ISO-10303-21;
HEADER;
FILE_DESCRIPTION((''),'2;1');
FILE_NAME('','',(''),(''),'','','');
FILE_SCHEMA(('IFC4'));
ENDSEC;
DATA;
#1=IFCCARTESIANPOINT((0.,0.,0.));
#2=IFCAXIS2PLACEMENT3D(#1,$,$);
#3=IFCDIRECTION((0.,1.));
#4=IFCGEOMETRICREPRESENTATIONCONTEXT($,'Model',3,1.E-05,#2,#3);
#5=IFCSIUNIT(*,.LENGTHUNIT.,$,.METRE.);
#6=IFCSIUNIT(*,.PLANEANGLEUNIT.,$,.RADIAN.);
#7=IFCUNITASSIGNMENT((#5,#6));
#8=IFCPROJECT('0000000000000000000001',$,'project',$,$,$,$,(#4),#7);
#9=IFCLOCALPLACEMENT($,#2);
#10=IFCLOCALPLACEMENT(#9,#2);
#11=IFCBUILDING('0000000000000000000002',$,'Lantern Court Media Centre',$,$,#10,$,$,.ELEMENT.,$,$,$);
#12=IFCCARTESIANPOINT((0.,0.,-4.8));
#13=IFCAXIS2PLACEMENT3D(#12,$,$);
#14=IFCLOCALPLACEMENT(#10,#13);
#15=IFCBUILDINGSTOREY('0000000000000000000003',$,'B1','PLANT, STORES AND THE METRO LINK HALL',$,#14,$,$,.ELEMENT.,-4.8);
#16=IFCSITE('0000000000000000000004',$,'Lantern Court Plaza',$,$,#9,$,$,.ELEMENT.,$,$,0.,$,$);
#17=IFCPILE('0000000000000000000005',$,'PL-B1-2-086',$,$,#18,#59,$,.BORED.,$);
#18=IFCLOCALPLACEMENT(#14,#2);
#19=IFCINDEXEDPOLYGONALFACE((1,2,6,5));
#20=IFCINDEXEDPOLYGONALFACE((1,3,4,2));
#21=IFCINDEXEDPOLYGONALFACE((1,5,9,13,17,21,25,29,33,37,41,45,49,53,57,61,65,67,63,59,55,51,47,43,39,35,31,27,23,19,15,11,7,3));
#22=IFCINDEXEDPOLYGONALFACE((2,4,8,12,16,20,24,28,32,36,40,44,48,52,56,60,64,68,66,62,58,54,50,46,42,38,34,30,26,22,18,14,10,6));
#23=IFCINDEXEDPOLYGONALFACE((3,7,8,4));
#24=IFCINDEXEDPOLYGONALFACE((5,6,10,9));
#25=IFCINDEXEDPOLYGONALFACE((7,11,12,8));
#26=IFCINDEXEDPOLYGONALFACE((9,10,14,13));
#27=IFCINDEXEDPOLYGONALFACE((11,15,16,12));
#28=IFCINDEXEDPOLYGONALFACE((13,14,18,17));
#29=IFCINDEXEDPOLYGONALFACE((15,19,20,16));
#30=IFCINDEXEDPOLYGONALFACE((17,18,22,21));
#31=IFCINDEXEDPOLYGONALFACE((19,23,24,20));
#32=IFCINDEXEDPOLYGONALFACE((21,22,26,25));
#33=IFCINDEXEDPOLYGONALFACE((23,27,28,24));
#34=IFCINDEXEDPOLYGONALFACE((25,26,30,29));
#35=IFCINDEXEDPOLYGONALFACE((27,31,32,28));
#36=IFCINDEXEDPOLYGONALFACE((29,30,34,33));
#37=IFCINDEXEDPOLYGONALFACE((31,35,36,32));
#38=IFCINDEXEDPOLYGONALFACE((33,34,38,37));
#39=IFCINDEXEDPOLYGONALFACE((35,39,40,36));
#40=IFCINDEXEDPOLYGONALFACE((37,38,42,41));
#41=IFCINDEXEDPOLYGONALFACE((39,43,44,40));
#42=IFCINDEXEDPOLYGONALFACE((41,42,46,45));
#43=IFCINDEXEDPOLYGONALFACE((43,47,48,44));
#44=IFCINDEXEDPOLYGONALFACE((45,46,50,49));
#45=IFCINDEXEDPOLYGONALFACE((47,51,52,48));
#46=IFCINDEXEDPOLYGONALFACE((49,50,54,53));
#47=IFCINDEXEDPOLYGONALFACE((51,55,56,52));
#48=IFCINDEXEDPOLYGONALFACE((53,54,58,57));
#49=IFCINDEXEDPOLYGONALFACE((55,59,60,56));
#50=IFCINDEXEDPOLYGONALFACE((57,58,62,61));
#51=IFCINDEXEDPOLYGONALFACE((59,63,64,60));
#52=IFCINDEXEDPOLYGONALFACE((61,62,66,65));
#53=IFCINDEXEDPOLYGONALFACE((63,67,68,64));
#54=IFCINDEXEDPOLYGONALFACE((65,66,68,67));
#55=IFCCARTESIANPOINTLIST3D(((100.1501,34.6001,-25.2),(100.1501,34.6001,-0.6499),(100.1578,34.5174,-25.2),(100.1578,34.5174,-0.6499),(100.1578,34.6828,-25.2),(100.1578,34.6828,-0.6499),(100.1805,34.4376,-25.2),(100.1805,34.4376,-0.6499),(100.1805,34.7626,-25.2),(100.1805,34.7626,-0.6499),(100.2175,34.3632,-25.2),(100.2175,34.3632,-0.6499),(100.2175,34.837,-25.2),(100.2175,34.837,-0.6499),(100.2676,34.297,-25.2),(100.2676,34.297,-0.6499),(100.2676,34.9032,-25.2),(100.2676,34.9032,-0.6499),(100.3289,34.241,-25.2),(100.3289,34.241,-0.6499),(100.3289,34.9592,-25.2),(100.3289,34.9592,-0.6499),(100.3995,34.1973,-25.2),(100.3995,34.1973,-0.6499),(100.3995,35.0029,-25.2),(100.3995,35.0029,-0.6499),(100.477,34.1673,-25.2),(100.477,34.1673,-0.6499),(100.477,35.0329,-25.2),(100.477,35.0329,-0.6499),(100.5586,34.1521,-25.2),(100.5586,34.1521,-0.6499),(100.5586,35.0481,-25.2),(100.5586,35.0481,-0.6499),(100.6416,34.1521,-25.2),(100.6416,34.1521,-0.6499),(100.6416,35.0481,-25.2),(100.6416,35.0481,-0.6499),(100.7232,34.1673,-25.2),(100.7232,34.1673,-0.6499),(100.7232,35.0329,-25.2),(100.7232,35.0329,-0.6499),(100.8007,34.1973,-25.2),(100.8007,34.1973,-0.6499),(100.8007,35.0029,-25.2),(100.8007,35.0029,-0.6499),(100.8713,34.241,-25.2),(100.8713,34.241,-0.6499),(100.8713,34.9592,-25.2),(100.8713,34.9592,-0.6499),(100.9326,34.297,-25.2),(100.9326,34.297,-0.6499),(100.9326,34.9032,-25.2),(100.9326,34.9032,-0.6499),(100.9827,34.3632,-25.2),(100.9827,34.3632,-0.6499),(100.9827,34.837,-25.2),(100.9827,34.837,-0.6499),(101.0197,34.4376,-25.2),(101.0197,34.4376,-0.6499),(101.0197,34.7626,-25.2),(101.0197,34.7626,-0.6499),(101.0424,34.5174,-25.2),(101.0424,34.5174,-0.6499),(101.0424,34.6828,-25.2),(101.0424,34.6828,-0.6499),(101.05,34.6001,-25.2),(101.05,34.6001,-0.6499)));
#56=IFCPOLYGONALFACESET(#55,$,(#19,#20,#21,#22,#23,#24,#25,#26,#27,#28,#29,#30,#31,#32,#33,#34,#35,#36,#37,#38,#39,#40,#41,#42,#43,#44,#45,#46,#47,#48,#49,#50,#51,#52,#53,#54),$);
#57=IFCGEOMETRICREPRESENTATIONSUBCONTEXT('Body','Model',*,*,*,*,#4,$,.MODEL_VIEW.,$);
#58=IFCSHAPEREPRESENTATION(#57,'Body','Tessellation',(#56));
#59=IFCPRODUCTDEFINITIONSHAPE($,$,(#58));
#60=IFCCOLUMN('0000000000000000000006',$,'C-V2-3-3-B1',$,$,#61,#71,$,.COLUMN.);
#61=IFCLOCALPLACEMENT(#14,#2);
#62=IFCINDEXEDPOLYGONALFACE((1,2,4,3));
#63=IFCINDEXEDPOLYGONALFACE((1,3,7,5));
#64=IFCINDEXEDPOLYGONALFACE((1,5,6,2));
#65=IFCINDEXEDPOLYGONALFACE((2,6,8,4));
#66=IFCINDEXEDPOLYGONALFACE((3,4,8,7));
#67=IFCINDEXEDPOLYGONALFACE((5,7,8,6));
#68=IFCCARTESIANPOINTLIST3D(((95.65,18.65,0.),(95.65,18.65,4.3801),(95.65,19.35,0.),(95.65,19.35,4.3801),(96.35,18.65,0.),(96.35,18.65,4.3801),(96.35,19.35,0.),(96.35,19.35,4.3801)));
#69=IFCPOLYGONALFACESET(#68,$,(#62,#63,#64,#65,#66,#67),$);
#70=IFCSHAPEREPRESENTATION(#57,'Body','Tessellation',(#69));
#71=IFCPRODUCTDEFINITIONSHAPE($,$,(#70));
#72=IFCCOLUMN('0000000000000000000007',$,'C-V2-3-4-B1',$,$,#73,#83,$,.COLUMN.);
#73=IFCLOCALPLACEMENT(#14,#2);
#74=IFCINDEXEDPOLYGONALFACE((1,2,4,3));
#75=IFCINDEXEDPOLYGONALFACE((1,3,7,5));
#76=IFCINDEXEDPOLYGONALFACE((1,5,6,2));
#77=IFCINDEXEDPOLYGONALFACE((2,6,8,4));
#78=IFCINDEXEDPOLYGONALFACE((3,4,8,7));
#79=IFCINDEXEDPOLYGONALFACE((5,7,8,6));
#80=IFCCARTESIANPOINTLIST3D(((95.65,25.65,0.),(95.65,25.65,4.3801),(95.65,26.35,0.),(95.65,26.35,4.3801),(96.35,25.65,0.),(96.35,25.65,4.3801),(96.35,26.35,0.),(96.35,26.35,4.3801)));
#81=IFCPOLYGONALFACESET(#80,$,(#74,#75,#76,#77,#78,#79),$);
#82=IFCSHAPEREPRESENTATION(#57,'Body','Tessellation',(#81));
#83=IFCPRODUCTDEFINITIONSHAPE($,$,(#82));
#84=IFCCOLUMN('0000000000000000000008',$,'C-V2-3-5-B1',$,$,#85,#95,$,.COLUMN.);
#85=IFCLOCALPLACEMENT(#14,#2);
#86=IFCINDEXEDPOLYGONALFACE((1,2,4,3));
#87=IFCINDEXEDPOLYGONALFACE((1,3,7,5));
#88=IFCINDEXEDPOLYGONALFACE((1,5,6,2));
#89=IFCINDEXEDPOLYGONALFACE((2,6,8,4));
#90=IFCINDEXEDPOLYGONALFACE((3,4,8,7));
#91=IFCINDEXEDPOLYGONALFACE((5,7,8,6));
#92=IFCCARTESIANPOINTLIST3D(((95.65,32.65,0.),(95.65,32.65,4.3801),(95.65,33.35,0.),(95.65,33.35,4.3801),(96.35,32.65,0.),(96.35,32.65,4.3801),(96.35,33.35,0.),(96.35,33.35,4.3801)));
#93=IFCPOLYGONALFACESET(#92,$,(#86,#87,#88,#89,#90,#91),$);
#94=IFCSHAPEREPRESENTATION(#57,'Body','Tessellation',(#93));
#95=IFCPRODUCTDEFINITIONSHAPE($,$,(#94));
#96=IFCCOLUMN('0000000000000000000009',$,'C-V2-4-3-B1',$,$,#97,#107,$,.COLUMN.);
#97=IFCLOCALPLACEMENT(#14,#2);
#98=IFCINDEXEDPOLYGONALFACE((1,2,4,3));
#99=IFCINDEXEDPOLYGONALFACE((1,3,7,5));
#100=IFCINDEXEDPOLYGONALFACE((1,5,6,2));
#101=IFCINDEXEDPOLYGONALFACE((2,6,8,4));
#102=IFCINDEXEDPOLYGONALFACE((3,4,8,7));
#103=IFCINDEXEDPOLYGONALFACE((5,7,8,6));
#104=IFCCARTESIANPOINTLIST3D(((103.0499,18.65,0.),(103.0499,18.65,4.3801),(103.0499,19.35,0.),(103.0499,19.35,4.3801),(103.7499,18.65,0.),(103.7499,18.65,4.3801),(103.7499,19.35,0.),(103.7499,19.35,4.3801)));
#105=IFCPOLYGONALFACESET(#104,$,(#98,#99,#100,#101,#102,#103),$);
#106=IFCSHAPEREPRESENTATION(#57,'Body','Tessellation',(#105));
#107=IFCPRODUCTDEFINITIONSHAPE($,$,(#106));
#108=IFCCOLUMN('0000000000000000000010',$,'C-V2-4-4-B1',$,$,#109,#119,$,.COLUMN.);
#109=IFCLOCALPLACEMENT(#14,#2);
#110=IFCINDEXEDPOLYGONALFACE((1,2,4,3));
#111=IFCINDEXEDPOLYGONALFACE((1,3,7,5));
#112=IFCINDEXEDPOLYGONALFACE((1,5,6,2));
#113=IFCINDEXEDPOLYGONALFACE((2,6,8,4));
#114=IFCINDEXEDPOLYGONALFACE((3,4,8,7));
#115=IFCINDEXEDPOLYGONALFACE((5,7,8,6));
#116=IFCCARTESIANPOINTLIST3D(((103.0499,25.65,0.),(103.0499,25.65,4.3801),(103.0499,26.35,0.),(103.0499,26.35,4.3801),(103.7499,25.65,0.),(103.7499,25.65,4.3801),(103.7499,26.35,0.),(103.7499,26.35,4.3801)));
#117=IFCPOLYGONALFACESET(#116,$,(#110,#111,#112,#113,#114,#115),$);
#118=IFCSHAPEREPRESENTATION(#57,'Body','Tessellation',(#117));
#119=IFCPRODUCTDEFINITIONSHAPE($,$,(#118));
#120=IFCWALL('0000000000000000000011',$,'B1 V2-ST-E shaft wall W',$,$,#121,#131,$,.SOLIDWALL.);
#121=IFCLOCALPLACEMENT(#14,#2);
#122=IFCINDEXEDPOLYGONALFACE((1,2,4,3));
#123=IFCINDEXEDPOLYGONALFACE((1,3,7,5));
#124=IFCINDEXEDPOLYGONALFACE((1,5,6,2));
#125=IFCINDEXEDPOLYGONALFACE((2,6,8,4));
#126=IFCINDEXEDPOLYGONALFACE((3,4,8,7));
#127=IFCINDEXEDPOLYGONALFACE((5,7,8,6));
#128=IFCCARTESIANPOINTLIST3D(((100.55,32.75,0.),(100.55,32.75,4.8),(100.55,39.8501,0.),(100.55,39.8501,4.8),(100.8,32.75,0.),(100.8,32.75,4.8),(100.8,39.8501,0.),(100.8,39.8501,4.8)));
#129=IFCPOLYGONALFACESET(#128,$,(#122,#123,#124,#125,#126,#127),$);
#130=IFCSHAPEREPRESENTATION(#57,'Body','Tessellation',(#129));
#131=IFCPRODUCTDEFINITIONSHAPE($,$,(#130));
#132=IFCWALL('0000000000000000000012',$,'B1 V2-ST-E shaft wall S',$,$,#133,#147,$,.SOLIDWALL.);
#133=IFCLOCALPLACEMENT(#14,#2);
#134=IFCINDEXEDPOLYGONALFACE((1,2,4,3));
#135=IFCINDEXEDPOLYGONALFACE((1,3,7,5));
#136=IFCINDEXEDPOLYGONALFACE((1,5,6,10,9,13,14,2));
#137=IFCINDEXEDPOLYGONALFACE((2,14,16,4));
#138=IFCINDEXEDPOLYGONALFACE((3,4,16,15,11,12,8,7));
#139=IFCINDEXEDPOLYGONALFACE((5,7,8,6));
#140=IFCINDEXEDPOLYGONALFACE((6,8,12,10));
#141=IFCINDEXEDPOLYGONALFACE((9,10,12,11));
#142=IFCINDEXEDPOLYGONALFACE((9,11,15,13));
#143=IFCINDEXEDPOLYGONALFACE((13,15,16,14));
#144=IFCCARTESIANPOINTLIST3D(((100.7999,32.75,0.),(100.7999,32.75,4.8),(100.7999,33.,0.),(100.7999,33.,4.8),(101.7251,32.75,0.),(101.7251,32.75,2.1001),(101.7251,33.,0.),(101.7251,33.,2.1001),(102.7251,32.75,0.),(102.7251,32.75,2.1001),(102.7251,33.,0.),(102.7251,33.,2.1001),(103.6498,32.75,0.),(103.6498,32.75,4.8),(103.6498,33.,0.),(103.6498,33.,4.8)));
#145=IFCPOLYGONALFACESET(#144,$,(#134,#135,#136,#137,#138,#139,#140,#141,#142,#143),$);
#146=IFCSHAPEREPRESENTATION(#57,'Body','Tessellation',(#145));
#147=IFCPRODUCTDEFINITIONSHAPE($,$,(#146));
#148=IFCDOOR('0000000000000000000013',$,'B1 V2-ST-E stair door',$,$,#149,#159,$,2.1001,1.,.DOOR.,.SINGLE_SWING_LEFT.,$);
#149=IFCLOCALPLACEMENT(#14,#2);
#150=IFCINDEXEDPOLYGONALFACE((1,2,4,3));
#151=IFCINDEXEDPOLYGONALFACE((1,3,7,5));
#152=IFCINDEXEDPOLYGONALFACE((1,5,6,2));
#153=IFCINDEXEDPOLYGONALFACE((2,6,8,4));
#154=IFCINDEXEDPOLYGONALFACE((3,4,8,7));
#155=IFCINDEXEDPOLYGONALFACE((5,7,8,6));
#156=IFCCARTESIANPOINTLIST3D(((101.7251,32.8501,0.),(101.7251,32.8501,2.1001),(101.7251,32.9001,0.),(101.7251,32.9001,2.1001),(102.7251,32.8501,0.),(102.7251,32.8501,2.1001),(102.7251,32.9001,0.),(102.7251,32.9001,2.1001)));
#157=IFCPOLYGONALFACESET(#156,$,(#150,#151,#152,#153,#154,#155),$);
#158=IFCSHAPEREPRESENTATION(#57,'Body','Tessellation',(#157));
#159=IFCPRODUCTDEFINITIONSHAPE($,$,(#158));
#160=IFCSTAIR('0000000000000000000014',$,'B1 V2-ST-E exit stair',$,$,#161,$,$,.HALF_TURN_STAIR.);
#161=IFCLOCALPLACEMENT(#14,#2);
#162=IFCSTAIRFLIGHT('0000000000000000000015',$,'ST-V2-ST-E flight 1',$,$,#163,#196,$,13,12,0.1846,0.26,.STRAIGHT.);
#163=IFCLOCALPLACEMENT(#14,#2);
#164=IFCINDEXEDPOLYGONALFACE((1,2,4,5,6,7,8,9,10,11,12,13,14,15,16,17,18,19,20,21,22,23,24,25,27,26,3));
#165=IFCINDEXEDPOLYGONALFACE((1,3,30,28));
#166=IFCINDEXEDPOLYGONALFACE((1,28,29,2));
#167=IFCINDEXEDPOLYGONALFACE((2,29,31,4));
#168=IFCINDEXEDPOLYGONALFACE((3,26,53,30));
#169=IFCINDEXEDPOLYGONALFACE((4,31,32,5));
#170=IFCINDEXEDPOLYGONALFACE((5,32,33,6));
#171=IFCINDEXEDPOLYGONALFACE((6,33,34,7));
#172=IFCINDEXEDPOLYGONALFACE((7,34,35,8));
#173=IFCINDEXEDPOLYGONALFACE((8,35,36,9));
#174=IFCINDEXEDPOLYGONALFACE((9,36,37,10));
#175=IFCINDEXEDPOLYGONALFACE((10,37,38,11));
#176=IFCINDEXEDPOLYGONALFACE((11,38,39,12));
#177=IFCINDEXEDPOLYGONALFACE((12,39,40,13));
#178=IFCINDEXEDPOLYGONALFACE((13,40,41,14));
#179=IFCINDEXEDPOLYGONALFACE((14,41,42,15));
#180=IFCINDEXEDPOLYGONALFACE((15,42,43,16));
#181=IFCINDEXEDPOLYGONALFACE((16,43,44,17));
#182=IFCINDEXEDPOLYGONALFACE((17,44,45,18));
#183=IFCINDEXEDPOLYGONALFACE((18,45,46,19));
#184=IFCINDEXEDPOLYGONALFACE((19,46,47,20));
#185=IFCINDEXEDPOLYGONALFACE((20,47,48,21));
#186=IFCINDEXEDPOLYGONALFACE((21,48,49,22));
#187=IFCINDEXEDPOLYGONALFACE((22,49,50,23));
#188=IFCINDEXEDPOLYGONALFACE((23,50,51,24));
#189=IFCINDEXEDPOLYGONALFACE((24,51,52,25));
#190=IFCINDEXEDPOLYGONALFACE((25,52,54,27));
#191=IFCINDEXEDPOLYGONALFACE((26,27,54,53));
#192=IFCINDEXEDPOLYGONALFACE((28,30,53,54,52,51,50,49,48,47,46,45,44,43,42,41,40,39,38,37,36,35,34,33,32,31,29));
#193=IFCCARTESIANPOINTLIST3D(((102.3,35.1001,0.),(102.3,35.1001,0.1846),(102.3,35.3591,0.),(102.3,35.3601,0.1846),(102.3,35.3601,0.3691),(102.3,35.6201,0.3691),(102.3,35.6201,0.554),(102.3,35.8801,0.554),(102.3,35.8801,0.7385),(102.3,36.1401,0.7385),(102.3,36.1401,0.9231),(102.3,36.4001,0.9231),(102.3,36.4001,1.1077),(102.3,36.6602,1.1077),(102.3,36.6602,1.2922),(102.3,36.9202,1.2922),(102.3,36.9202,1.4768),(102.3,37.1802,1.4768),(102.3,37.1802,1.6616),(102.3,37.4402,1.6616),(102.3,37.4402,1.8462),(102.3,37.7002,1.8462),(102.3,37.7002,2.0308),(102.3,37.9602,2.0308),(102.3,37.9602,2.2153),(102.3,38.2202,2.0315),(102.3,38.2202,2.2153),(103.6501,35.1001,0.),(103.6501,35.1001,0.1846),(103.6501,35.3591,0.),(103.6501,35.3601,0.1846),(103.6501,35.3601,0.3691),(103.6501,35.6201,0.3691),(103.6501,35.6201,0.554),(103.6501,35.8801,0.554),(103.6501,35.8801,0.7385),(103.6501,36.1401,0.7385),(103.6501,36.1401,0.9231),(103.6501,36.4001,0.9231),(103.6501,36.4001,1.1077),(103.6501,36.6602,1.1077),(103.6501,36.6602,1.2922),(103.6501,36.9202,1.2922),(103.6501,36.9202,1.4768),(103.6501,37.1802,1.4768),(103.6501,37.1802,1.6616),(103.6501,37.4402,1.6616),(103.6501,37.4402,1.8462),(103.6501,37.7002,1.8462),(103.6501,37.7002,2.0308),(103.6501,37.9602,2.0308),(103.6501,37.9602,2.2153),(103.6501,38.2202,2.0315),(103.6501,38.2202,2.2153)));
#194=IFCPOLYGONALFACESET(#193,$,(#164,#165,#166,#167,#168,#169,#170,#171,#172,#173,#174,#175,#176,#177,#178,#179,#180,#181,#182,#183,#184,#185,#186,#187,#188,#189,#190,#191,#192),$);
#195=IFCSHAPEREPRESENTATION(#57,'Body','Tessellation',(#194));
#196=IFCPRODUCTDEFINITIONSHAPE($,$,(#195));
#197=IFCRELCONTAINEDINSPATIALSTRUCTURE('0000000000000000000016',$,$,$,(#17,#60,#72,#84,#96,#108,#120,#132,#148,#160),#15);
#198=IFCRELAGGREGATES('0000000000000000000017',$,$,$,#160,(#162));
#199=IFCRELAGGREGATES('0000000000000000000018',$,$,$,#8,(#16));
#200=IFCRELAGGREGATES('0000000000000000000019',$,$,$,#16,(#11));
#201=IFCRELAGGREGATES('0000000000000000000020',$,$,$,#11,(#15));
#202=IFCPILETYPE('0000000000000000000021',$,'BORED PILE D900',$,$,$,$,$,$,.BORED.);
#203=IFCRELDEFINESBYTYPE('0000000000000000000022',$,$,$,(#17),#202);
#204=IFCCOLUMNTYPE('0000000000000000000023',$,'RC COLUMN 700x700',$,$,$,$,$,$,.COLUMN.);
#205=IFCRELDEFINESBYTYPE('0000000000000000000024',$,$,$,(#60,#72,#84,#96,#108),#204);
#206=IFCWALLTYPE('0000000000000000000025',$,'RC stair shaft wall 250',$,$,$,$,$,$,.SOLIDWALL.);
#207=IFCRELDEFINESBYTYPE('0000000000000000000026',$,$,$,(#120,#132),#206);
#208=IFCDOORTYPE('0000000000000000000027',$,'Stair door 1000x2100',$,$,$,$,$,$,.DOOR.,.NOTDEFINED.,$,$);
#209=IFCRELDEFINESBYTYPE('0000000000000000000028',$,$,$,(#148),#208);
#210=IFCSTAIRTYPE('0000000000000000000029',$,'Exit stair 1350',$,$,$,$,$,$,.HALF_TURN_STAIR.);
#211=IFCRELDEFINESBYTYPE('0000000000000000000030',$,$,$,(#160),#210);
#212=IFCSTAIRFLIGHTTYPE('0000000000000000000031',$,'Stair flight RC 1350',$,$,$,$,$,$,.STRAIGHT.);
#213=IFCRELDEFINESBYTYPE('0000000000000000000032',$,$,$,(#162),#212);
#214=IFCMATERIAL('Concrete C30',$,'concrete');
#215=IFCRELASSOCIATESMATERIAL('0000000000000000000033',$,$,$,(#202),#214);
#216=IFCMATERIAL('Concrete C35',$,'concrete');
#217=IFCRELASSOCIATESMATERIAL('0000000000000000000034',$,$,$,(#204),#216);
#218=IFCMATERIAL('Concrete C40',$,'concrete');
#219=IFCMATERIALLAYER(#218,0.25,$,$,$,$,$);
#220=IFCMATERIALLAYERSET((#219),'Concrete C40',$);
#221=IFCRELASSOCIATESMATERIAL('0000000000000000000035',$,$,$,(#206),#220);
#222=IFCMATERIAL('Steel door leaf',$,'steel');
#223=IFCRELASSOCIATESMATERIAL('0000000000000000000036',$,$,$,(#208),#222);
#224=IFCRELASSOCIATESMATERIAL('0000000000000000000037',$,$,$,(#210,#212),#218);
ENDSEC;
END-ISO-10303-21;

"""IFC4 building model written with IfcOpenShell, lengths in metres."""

from ifc_helpers import new_model, si_unit, direction, frame, frame_2d, origin, origin_2d, place, context, subcontext, project, spatial, polyline, rectangle, circle, outline, extrude, material, layer, layer_set, material_profile, profile_set, type_object, element, fill, aggregate, save


model = new_model("IFC4")

# Units and contexts
model_context = context("Model", 3, precision=1e-05, world=origin(), true_north=direction((0.0, 1.0)))
body_context = subcontext(model_context, "Body", "Model", "MODEL_VIEW")
ifc_project = project(units=[si_unit("LENGTHUNIT", "METRE"), si_unit("PLANEANGLEUNIT", "RADIAN")], contexts=[model_context])

# Site, building, storey
site_placement = place(None, origin())
site = spatial("IfcSite", under=ifc_project, at=site_placement, Name="Lantern Court Plaza", CompositionType="ELEMENT", RefElevation=0.0)
building_placement = place(site_placement, origin())
building = spatial("IfcBuilding", under=site, at=building_placement, Name="Lantern Court Media Centre", CompositionType="ELEMENT")
storey_placement = place(building_placement, frame((0.0, 0.0, -4.8)))
storey = spatial("IfcBuildingStorey", under=building, at=storey_placement, Name="B1", Description="PLANT, STORES AND THE METRO LINK HALL", CompositionType="ELEMENT", Elevation=-4.8)

# Pile
ifc_material_1 = material(Name="Concrete C30", Category="concrete")
ifc_material_profile_1 = material_profile(ifc_material_1, circle(Radius=0.45, at=origin_2d()), Name="D900")
ifc_profile_set_1 = profile_set([ifc_material_profile_1], Name="Concrete C30")
pile_type = type_object("IfcPileType", Name="BORED PILE D900", PredefinedType="BORED", material=ifc_profile_set_1)
for number, where, z_axis, x_axis, name in (
    (1, (100.6001, 34.6001, -0.6499), (0.0, 0.0, -1.0), (1.0, 0.0, 0.0), "PL-B1-2-086"),
):
    element("IfcPile", number, at=place(storey_placement, frame(where, z_axis=z_axis, x_axis=x_axis)), inside=storey, type_object=pile_type, Name=name, PredefinedType="BORED", context=body_context, shape_type="SweptSolid", body=[
        extrude(circle(Radius=0.45, at=origin_2d()), origin(), (0.0, 0.0, 1.0), 24.55),
    ])

# Columns
ifc_material_2 = material(Name="Concrete C35", Category="concrete")
ifc_material_profile_2 = material_profile(ifc_material_2, rectangle(XDim=0.7, YDim=0.7, at=origin_2d()), Name="RC 700x700")
ifc_profile_set_2 = profile_set([ifc_material_profile_2], Name="Concrete C35")
column_type = type_object("IfcColumnType", Name="RC COLUMN 700x700", PredefinedType="COLUMN", material=ifc_profile_set_2)
for number, where, z_axis, x_axis, name in (
    (2, (96.0, 19.0, 0.0), (0.0, 0.0, 1.0), (1.0, 0.0, 0.0), "C-V2-3-3-B1"),
    (3, (96.0, 26.0, 0.0), (0.0, 0.0, 1.0), (1.0, 0.0, 0.0), "C-V2-3-4-B1"),
    (4, (96.0, 33.0, 0.0), (0.0, 0.0, 1.0), (1.0, 0.0, 0.0), "C-V2-3-5-B1"),
    (5, (103.3999, 19.0, 0.0), (0.0, 0.0, 1.0), (1.0, 0.0, 0.0), "C-V2-4-3-B1"),
    (6, (103.3999, 26.0, 0.0), (0.0, 0.0, 1.0), (1.0, 0.0, 0.0), "C-V2-4-4-B1"),
):
    element("IfcColumn", number, at=place(storey_placement, frame(where, z_axis=z_axis, x_axis=x_axis)), inside=storey, type_object=column_type, Name=name, PredefinedType="COLUMN", context=body_context, shape_type="SweptSolid", body=[
        extrude(rectangle(XDim=0.7, YDim=0.7, at=origin_2d()), origin(), (0.0, 0.0, 1.0), 4.3801),
    ])

# Wall
ifc_material_3 = material(Name="Concrete C40", Category="concrete")
ifc_layer = layer(ifc_material_3, 0.25)
ifc_layer_set = layer_set([ifc_layer], Name="Concrete C40")
wall_type = type_object("IfcWallType", Name="RC stair shaft wall 250", PredefinedType="SOLIDWALL", material=ifc_layer_set)
wall_1_placement = place(storey_placement, frame((100.675, 32.75, 0.0), z_axis=(0.0, 0.0, 1.0), x_axis=(0.0, 1.0, 0.0)))
element("IfcWall", 7, at=wall_1_placement, inside=storey, type_object=wall_type, Name="B1 V2-ST-E shaft wall W", PredefinedType="SOLIDWALL", context=body_context, shape_type="SweptSolid", body=[
    extrude(rectangle(XDim=7.1001, YDim=0.25, at=frame_2d((3.55, 0.0))), origin(), (0.0, 0.0, 1.0), 4.8),
])

# Wall, opening, door
wall_2_placement = place(storey_placement, frame((100.8, 32.875, 0.0), z_axis=(0.0, 0.0, 1.0), x_axis=(1.0, 0.0, 0.0)))
wall_2 = element("IfcWall", 8, at=wall_2_placement, inside=storey, type_object=wall_type, Name="B1 V2-ST-E shaft wall S", PredefinedType="SOLIDWALL", context=body_context, shape_type="SweptSolid", body=[
    extrude(rectangle(XDim=2.8499, YDim=0.25, at=frame_2d((1.4248, 0.0))), origin(), (0.0, 0.0, 1.0), 4.8),
])
opening_placement = place(wall_2_placement, frame((0.925, 0.0, 0.0)))
opening = element("IfcOpeningElement", 9, at=opening_placement, cuts=wall_2, PredefinedType="OPENING", context=body_context, shape_type="SweptSolid", body=[
    extrude(rectangle(XDim=1.0, YDim=2.1001, at=frame_2d((0.5, 1.05))), frame((0.0, 0.135, 0.0), z_axis=(0.0, -1.0, 0.0), x_axis=(1.0, 0.0, 0.0)), (0.0, 0.0, 1.0), 0.27),
])
ifc_material_4 = material(Name="Steel door leaf", Category="steel")
door_type = type_object("IfcDoorType", Name="Stair door 1000x2100", OperationType="NOTDEFINED", PredefinedType="DOOR", material=ifc_material_4)
door_placement = place(opening_placement, frame((1.0, 0.0, 0.0), z_axis=(0.0, 0.0, 1.0), x_axis=(-1.0, 0.0, 0.0)))
door = element("IfcDoor", 10, at=door_placement, inside=storey, type_object=door_type, Name="B1 V2-ST-E stair door", OperationType="SINGLE_SWING_LEFT", OverallHeight=2.1001, OverallWidth=1.0, PredefinedType="DOOR", context=body_context, shape_type="SweptSolid", body=[
    extrude(rectangle(XDim=1.0, YDim=2.1001, at=frame_2d((0.5, 1.05))), frame((0.0, 0.0249, 0.0), z_axis=(0.0, -1.0, 0.0), x_axis=(1.0, 0.0, 0.0)), (0.0, 0.0, 1.0), 0.05),
])
fill(opening, door)

# Stair, stair flight
stair_type = type_object("IfcStairType", Name="Exit stair 1350", PredefinedType="HALF_TURN_STAIR", material=ifc_material_3)
stair_placement = place(storey_placement, origin())
stair = element("IfcStair", 11, at=stair_placement, inside=storey, type_object=stair_type, Name="B1 V2-ST-E exit stair", PredefinedType="HALF_TURN_STAIR")
stair_flight_type = type_object("IfcStairFlightType", Name="Stair flight RC 1350", PredefinedType="STRAIGHT", material=ifc_material_3)
stair_flight_1_placement = place(storey_placement, frame((102.9751, 35.1001, 0.0), z_axis=(0.0, 0.0, 1.0), x_axis=(0.0, 1.0, 0.0)))
stair_flight_1 = element("IfcStairFlight", 12, at=stair_flight_1_placement, type_object=stair_flight_type, Name="ST-V2-ST-E flight 1", NumberOfRisers=13, NumberOfTreads=12, PredefinedType="STRAIGHT", RiserHeight=0.1846, TreadLength=0.26, context=body_context, shape_type="SweptSolid", body=[
    extrude(outline(polyline([(0.0, 0.0), (0.0, 0.1846), (0.26, 0.1846), (0.26, 0.3691), (0.52, 0.3691), (0.52, 0.554), (0.78, 0.554), (0.78, 0.7385), (1.04, 0.7385), (1.04, 0.9231), (1.3, 0.9231), (1.3, 1.1077), (1.5601, 1.1077), (1.5601, 1.2922), (1.8201, 1.2922), (1.8201, 1.4768), (2.0801, 1.4768), (2.0801, 1.6616), (2.3401, 1.6616), (2.3401, 1.8462), (2.6001, 1.8462), (2.6001, 2.0308), (2.8601, 2.0308), (2.8601, 2.2153), (3.1201, 2.2153), (3.1201, 2.3999), (3.1201, 2.0315), (0.259, 0.0), (0.0, 0.0)])), frame((0.0, 0.675, 0.0), z_axis=(0.0, -1.0, 0.0), x_axis=(1.0, 0.0, 0.0)), (0.0, 0.0, 1.0), 1.3501),
])
aggregate(stair, [stair_flight_1])

save(model, "model.ifc")
